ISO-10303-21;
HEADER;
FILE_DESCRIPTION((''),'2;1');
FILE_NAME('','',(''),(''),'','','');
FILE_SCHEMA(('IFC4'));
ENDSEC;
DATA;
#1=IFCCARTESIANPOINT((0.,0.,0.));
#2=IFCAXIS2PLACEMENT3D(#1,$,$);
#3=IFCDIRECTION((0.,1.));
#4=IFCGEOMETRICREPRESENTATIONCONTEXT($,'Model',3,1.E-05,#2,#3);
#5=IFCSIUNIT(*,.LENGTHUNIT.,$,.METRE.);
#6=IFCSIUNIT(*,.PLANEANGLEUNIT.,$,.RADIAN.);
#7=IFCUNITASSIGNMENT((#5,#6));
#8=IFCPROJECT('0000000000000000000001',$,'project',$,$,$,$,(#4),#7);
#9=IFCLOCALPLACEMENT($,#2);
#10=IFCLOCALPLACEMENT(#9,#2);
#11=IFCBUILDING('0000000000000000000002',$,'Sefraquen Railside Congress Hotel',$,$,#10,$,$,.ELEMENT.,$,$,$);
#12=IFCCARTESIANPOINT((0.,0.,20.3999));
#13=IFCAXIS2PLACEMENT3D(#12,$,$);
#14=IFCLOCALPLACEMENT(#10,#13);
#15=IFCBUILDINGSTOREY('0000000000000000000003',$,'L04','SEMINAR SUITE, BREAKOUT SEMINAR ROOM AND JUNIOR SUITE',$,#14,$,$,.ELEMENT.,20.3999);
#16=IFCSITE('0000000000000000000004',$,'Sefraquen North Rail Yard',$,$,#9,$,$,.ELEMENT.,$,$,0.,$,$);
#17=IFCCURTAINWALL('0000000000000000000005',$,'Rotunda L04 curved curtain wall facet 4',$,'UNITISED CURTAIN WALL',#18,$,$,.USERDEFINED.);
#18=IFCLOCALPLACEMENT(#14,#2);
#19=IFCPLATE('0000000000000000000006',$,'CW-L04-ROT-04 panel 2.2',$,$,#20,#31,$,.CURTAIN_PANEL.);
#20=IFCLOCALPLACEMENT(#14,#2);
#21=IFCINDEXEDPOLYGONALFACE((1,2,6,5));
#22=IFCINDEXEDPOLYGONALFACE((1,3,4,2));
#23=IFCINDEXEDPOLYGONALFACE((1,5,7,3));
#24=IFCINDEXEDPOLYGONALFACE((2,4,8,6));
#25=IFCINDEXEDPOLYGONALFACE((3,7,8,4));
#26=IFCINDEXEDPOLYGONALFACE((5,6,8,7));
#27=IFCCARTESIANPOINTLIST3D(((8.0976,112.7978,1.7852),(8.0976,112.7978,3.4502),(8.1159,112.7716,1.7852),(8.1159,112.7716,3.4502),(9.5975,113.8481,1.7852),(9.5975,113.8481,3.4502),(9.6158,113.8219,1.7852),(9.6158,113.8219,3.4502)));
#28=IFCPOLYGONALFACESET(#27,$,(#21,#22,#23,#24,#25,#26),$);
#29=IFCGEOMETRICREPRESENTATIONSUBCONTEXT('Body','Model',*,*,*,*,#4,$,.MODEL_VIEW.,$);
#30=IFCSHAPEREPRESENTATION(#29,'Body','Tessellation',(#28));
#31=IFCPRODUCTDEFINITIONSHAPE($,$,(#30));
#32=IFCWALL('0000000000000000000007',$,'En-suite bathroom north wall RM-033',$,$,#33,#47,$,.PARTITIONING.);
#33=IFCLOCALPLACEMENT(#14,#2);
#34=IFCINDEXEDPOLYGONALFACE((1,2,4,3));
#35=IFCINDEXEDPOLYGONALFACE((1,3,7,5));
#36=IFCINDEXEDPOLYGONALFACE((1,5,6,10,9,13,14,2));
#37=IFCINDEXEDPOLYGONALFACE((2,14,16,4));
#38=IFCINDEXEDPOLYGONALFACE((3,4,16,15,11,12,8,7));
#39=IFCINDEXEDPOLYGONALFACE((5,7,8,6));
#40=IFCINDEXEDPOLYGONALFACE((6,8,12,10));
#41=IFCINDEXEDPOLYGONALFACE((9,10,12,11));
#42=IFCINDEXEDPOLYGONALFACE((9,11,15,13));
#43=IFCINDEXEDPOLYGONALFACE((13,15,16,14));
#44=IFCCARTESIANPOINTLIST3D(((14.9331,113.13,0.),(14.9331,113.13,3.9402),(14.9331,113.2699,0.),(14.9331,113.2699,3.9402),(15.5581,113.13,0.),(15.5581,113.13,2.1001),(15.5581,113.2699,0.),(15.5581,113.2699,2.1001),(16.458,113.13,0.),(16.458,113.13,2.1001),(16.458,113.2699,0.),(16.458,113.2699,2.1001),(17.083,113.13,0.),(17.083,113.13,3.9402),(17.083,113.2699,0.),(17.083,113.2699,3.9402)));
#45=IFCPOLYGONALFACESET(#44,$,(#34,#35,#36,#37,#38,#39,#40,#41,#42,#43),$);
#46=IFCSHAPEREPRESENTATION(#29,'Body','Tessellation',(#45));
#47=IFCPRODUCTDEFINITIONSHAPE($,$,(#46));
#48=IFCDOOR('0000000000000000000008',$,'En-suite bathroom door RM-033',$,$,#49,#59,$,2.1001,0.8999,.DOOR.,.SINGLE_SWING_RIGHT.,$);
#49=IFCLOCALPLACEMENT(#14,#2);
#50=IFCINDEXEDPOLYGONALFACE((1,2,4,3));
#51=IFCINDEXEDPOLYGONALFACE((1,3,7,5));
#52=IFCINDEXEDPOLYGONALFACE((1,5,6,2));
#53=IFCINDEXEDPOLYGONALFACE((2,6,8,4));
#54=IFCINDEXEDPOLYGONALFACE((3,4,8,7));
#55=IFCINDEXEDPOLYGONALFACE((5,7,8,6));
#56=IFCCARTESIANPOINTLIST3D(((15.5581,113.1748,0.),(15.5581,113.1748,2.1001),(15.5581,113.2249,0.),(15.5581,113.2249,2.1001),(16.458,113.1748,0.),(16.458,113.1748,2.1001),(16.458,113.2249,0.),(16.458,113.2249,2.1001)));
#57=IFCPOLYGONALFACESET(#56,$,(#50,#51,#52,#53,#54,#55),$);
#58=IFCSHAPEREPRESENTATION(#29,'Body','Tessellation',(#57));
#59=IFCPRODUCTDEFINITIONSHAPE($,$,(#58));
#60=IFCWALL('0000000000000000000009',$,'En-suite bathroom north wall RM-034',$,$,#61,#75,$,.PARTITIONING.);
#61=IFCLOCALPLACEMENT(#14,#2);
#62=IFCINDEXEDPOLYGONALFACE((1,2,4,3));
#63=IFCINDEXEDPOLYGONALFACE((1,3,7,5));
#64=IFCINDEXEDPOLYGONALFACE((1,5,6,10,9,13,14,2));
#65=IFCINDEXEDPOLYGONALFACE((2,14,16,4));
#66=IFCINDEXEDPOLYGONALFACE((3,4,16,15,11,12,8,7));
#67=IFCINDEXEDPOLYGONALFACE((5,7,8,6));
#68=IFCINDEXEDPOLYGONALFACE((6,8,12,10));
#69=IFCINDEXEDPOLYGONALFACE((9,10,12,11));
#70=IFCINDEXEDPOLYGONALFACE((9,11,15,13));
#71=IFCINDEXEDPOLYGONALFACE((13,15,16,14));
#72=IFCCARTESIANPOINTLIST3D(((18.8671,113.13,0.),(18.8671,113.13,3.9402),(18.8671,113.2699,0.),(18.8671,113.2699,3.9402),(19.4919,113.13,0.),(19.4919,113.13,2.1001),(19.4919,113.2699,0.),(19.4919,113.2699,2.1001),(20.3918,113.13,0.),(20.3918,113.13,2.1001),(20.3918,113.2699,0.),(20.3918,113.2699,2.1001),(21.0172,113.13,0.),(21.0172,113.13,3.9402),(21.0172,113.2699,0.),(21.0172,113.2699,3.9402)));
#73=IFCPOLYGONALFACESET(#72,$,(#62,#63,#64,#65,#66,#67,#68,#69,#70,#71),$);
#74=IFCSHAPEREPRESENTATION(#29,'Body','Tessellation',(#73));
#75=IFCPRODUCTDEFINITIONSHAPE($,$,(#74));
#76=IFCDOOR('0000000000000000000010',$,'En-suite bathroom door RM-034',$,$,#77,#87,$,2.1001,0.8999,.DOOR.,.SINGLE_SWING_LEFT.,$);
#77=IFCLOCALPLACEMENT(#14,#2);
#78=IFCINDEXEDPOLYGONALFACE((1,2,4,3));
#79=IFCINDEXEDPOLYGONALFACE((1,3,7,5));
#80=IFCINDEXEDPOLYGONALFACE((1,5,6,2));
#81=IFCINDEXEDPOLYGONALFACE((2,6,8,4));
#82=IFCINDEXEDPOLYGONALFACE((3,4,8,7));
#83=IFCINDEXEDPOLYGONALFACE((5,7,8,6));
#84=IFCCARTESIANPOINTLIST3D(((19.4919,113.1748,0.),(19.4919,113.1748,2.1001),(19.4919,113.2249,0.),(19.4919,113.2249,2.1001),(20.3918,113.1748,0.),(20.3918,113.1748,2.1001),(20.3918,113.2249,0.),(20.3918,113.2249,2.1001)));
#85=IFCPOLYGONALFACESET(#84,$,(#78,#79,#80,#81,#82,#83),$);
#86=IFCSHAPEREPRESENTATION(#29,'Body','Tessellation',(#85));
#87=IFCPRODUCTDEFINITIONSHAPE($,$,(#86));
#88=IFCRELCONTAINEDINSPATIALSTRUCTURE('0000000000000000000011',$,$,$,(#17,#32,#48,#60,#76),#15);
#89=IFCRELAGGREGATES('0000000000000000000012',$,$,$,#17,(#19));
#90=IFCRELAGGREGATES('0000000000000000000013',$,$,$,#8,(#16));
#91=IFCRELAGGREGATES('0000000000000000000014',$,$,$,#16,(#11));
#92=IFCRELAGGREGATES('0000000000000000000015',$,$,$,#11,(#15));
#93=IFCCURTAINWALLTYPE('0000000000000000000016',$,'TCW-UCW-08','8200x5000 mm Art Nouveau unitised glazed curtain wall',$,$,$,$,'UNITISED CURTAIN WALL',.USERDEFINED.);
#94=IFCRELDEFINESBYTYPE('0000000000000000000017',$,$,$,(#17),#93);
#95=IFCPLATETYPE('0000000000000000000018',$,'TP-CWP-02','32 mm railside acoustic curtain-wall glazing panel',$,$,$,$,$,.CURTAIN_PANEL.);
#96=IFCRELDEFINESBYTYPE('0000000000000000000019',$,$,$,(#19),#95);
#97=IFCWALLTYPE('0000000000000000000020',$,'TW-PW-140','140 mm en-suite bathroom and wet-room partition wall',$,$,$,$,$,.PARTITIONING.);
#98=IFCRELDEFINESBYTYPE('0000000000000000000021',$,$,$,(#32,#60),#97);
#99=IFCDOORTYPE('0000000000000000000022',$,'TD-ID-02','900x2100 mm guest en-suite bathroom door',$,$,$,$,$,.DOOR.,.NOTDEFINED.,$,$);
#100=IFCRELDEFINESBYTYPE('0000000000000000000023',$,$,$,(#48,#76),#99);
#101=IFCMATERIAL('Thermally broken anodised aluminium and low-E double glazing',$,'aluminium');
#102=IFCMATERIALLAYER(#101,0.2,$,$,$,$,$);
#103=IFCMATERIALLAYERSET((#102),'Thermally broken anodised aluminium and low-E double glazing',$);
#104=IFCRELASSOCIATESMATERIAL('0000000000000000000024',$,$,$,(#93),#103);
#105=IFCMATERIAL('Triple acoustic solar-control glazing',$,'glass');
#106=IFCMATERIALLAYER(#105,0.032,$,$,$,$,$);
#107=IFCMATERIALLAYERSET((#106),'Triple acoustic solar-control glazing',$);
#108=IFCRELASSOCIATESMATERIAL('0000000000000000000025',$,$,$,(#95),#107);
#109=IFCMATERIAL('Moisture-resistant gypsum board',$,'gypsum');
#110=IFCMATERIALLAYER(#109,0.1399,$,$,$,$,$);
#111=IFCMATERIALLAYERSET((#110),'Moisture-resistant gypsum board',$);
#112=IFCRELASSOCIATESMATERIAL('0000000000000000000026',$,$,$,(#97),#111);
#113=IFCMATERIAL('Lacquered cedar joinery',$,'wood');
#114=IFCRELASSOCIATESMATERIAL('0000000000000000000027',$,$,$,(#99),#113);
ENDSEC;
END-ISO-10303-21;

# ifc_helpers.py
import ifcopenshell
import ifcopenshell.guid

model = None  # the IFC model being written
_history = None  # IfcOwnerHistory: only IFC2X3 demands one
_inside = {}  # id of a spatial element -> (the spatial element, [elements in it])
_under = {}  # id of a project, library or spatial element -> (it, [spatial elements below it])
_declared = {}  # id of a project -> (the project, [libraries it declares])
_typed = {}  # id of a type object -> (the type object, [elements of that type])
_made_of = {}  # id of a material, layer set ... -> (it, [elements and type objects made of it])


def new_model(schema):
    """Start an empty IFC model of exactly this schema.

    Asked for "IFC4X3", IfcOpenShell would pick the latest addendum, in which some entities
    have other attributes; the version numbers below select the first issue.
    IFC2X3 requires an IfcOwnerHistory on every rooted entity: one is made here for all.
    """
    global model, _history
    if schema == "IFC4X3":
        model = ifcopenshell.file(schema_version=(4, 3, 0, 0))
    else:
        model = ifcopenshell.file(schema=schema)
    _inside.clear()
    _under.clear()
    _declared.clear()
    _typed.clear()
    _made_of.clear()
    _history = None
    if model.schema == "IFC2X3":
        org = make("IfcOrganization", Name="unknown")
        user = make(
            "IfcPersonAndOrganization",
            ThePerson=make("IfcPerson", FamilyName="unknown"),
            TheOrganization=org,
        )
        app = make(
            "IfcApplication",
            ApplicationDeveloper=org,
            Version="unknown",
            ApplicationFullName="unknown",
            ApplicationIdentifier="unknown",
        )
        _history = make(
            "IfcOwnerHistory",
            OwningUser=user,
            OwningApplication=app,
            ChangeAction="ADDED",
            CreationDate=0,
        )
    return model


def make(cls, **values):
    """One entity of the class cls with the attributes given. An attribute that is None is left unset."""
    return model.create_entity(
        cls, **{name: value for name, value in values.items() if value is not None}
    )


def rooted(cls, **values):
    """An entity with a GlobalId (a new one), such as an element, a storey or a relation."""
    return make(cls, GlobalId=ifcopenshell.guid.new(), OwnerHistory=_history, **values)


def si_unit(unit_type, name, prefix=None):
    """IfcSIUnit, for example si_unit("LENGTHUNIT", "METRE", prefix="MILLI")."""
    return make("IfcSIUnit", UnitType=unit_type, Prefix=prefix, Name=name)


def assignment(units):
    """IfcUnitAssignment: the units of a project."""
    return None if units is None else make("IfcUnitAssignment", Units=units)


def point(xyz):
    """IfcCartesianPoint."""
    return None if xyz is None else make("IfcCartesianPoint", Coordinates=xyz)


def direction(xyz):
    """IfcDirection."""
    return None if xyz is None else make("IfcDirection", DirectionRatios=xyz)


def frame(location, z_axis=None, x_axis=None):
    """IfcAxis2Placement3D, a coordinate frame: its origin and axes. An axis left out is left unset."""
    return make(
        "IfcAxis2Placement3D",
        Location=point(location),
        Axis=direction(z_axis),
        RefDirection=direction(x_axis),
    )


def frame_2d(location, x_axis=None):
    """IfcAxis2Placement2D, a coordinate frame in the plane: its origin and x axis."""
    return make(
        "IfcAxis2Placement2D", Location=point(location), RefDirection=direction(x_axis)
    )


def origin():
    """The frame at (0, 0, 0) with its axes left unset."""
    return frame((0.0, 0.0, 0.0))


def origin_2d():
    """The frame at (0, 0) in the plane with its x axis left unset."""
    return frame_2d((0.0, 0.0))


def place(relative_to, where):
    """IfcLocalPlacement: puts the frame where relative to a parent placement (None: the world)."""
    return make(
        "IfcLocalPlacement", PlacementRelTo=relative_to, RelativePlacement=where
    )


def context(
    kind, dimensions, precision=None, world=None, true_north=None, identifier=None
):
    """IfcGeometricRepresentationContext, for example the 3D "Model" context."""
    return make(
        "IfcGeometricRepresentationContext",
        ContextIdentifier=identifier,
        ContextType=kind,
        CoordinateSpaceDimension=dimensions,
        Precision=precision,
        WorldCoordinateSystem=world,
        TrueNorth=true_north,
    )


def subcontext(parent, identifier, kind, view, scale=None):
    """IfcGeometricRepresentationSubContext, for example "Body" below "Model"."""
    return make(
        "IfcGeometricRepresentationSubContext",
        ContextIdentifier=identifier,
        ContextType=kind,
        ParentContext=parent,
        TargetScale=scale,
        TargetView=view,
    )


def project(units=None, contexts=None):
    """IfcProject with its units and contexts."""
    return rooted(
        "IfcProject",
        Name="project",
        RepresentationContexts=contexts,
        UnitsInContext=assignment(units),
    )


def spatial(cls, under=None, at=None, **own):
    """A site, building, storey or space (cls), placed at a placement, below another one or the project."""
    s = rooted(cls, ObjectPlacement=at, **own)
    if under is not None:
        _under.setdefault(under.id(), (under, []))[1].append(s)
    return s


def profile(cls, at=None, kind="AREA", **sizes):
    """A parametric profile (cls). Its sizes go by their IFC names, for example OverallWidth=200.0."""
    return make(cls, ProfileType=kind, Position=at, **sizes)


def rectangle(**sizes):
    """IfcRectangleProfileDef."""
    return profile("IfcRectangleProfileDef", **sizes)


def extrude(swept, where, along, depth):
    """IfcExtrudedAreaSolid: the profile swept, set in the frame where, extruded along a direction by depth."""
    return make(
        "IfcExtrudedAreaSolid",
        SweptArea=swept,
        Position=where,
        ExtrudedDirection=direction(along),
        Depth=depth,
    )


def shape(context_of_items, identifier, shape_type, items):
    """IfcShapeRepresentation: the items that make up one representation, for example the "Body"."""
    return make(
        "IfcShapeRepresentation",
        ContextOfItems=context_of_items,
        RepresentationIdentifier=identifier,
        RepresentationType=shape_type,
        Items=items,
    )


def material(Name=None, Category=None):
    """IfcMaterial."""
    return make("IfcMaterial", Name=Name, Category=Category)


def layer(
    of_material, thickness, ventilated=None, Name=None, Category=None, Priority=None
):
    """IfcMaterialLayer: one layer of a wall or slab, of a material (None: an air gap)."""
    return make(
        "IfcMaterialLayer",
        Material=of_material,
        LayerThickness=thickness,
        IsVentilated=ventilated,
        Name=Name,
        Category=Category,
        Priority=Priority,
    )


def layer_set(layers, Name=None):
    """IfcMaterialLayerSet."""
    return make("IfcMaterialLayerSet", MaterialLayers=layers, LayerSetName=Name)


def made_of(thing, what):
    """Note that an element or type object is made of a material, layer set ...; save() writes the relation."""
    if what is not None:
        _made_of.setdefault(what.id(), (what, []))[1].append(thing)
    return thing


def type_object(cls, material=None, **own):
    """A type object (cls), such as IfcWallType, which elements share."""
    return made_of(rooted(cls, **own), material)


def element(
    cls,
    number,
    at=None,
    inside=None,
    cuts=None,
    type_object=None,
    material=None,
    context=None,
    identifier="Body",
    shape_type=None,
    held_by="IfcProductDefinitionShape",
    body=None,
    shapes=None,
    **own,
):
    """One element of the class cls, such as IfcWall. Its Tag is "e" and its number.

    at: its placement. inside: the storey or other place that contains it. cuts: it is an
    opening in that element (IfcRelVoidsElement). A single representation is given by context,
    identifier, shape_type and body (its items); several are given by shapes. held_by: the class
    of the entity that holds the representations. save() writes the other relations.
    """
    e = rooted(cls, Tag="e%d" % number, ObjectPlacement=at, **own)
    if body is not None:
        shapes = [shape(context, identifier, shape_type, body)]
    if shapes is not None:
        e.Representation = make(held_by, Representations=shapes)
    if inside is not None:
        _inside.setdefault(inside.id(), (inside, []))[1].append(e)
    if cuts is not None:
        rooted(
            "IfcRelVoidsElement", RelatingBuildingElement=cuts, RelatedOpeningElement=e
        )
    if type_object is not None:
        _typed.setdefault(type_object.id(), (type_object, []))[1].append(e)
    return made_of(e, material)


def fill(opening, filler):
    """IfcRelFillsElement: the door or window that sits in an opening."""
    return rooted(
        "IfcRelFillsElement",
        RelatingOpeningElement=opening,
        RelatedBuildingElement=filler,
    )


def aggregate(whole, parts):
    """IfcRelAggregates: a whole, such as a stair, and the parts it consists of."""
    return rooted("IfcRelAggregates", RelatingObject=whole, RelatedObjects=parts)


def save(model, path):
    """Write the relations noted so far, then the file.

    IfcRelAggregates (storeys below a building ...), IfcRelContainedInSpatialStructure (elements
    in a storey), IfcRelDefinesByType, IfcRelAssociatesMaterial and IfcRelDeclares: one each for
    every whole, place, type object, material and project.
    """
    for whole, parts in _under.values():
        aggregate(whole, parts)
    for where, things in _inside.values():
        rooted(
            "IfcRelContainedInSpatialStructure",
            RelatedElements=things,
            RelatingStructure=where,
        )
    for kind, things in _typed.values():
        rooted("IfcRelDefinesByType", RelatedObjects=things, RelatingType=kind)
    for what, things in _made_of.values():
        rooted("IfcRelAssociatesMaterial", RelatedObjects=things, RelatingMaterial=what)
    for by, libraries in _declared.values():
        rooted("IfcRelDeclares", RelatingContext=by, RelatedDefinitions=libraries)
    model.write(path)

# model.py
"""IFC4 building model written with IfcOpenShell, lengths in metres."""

from ifc_helpers import new_model, si_unit, direction, frame, frame_2d, origin, origin_2d, place, context, subcontext, project, spatial, rectangle, extrude, material, layer, layer_set, type_object, element, fill, aggregate, save


model = new_model("IFC4")

# Units and contexts
model_context = context("Model", 3, precision=1e-05, world=origin(), true_north=direction((0.0, 1.0)))
body_context = subcontext(model_context, "Body", "Model", "MODEL_VIEW")
ifc_project = project(units=[si_unit("LENGTHUNIT", "METRE"), si_unit("PLANEANGLEUNIT", "RADIAN")], contexts=[model_context])

# Site, building, storey
site_placement = place(None, origin())
site = spatial("IfcSite", under=ifc_project, at=site_placement, Name="Sefraquen North Rail Yard", CompositionType="ELEMENT", RefElevation=0.0)
building_placement = place(site_placement, origin())
building = spatial("IfcBuilding", under=site, at=building_placement, Name="Sefraquen Railside Congress Hotel", CompositionType="ELEMENT")
storey_placement = place(building_placement, frame((0.0, 0.0, 20.3999)))
storey = spatial("IfcBuildingStorey", under=building, at=storey_placement, Name="L04", Description="SEMINAR SUITE, BREAKOUT SEMINAR ROOM AND JUNIOR SUITE", CompositionType="ELEMENT", Elevation=20.3999)

# Curtain wall
ifc_material_1 = material(Name="Thermally broken anodised aluminium and low-E double glazing", Category="aluminium")
ifc_layer_1 = layer(ifc_material_1, 0.2)
ifc_layer_set_1 = layer_set([ifc_layer_1], Name="Thermally broken anodised aluminium and low-E double glazing")
curtain_wall_type_1 = type_object("IfcCurtainWallType", Name="TCW-UCW-08", Description="8200x5000 mm Art Nouveau unitised glazed curtain wall", ElementType="UNITISED CURTAIN WALL", PredefinedType="USERDEFINED", material=ifc_layer_set_1)
curtain_wall_1_placement = place(storey_placement, origin())
curtain_wall_1 = element("IfcCurtainWall", 1, at=curtain_wall_1_placement, inside=storey, type_object=curtain_wall_type_1, Name="Rotunda L04 curved curtain wall facet 4", ObjectType="UNITISED CURTAIN WALL", PredefinedType="USERDEFINED")

# Plate
ifc_material_2 = material(Name="Triple acoustic solar-control glazing", Category="glass")
ifc_layer_2 = layer(ifc_material_2, 0.032)
ifc_layer_set_2 = layer_set([ifc_layer_2], Name="Triple acoustic solar-control glazing")
plate_type_1 = type_object("IfcPlateType", Name="TP-CWP-02", Description="32 mm railside acoustic curtain-wall glazing panel", PredefinedType="CURTAIN_PANEL", material=ifc_layer_set_2)
plate_1_placement = place(storey_placement, frame((8.8567, 113.3098, 1.7852), z_axis=(0.0, 0.0, 1.0), x_axis=(-0.819132, -0.573605, 0.0)))
plate_1 = element("IfcPlate", 2, at=plate_1_placement, type_object=plate_type_1, Name="CW-L04-ROT-04 panel 2.2", PredefinedType="CURTAIN_PANEL", context=body_context, shape_type="SweptSolid", body=[
    extrude(rectangle(XDim=1.8311, YDim=0.032, at=origin_2d()), origin(), (0.0, 0.0, 1.0), 1.665),
])
aggregate(curtain_wall_1, [plate_1])

# Walls, openings, doors
ifc_material_3 = material(Name="Moisture-resistant gypsum board", Category="gypsum")
ifc_layer_3 = layer(ifc_material_3, 0.1399)
ifc_layer_set_3 = layer_set([ifc_layer_3], Name="Moisture-resistant gypsum board")
wall_type = type_object("IfcWallType", Name="TW-PW-140", Description="140 mm en-suite bathroom and wet-room partition wall", PredefinedType="PARTITIONING", material=ifc_layer_set_3)
wall_1_placement = place(storey_placement, frame((14.9331, 113.2, 0.0), z_axis=(0.0, 0.0, 1.0), x_axis=(1.0, 0.0, 0.0)))
wall_1 = element("IfcWall", 3, at=wall_1_placement, inside=storey, type_object=wall_type, Name="En-suite bathroom north wall RM-033", PredefinedType="PARTITIONING", context=body_context, shape_type="SweptSolid", body=[
    extrude(rectangle(XDim=2.1499, YDim=0.1399, at=frame_2d((1.075, 0.0))), origin(), (0.0, 0.0, 1.0), 3.9402),
])
opening_1_placement = place(wall_1_placement, frame((0.625, 0.0, 0.0)))
opening_1 = element("IfcOpeningElement", 4, at=opening_1_placement, cuts=wall_1, PredefinedType="OPENING", context=body_context, shape_type="SweptSolid", body=[
    extrude(rectangle(XDim=0.8999, YDim=2.1001, at=frame_2d((0.45, 1.05))), frame((0.0, 0.0798, 0.0), z_axis=(0.0, -1.0, 0.0), x_axis=(1.0, 0.0, 0.0)), (0.0, 0.0, 1.0), 0.1599),
])
ifc_material_4 = material(Name="Lacquered cedar joinery", Category="wood")
door_type = type_object("IfcDoorType", Name="TD-ID-02", Description="900x2100 mm guest en-suite bathroom door", OperationType="NOTDEFINED", PredefinedType="DOOR", material=ifc_material_4)
door_1_placement = place(opening_1_placement, origin())
door_1 = element("IfcDoor", 5, at=door_1_placement, inside=storey, type_object=door_type, Name="En-suite bathroom door RM-033", OperationType="SINGLE_SWING_RIGHT", OverallHeight=2.1001, OverallWidth=0.8999, PredefinedType="DOOR", context=body_context, shape_type="SweptSolid", body=[
    extrude(rectangle(XDim=0.8999, YDim=2.1001, at=frame_2d((0.45, 1.05))), frame((0.0, 0.0249, 0.0), z_axis=(0.0, -1.0, 0.0), x_axis=(1.0, 0.0, 0.0)), (0.0, 0.0, 1.0), 0.05),
])
fill(opening_1, door_1)
wall_2_placement = place(storey_placement, frame((18.8669, 113.2, 0.0), z_axis=(0.0, 0.0, 1.0), x_axis=(1.0, 0.0, 0.0)))
wall_2 = element("IfcWall", 6, at=wall_2_placement, inside=storey, type_object=wall_type, Name="En-suite bathroom north wall RM-034", PredefinedType="PARTITIONING", context=body_context, shape_type="SweptSolid", body=[
    extrude(rectangle(XDim=2.1501, YDim=0.1399, at=frame_2d((1.0752, 0.0))), origin(), (0.0, 0.0, 1.0), 3.9402),
])
opening_2_placement = place(wall_2_placement, frame((0.625, 0.0, 0.0)))
opening_2 = element("IfcOpeningElement", 7, at=opening_2_placement, cuts=wall_2, PredefinedType="OPENING", context=body_context, shape_type="SweptSolid", body=[
    extrude(rectangle(XDim=0.8999, YDim=2.1001, at=frame_2d((0.45, 1.05))), frame((0.0, 0.0798, 0.0), z_axis=(0.0, -1.0, 0.0), x_axis=(1.0, 0.0, 0.0)), (0.0, 0.0, 1.0), 0.1599),
])
door_2_placement = place(opening_2_placement, origin())
door_2 = element("IfcDoor", 8, at=door_2_placement, inside=storey, type_object=door_type, Name="En-suite bathroom door RM-034", OperationType="SINGLE_SWING_LEFT", OverallHeight=2.1001, OverallWidth=0.8999, PredefinedType="DOOR", context=body_context, shape_type="SweptSolid", body=[
    extrude(rectangle(XDim=0.8999, YDim=2.1001, at=frame_2d((0.45, 1.05))), frame((0.0, 0.0249, 0.0), z_axis=(0.0, -1.0, 0.0), x_axis=(1.0, 0.0, 0.0)), (0.0, 0.0, 1.0), 0.05),
])
fill(opening_2, door_2)

save(model, "model.ifc")
